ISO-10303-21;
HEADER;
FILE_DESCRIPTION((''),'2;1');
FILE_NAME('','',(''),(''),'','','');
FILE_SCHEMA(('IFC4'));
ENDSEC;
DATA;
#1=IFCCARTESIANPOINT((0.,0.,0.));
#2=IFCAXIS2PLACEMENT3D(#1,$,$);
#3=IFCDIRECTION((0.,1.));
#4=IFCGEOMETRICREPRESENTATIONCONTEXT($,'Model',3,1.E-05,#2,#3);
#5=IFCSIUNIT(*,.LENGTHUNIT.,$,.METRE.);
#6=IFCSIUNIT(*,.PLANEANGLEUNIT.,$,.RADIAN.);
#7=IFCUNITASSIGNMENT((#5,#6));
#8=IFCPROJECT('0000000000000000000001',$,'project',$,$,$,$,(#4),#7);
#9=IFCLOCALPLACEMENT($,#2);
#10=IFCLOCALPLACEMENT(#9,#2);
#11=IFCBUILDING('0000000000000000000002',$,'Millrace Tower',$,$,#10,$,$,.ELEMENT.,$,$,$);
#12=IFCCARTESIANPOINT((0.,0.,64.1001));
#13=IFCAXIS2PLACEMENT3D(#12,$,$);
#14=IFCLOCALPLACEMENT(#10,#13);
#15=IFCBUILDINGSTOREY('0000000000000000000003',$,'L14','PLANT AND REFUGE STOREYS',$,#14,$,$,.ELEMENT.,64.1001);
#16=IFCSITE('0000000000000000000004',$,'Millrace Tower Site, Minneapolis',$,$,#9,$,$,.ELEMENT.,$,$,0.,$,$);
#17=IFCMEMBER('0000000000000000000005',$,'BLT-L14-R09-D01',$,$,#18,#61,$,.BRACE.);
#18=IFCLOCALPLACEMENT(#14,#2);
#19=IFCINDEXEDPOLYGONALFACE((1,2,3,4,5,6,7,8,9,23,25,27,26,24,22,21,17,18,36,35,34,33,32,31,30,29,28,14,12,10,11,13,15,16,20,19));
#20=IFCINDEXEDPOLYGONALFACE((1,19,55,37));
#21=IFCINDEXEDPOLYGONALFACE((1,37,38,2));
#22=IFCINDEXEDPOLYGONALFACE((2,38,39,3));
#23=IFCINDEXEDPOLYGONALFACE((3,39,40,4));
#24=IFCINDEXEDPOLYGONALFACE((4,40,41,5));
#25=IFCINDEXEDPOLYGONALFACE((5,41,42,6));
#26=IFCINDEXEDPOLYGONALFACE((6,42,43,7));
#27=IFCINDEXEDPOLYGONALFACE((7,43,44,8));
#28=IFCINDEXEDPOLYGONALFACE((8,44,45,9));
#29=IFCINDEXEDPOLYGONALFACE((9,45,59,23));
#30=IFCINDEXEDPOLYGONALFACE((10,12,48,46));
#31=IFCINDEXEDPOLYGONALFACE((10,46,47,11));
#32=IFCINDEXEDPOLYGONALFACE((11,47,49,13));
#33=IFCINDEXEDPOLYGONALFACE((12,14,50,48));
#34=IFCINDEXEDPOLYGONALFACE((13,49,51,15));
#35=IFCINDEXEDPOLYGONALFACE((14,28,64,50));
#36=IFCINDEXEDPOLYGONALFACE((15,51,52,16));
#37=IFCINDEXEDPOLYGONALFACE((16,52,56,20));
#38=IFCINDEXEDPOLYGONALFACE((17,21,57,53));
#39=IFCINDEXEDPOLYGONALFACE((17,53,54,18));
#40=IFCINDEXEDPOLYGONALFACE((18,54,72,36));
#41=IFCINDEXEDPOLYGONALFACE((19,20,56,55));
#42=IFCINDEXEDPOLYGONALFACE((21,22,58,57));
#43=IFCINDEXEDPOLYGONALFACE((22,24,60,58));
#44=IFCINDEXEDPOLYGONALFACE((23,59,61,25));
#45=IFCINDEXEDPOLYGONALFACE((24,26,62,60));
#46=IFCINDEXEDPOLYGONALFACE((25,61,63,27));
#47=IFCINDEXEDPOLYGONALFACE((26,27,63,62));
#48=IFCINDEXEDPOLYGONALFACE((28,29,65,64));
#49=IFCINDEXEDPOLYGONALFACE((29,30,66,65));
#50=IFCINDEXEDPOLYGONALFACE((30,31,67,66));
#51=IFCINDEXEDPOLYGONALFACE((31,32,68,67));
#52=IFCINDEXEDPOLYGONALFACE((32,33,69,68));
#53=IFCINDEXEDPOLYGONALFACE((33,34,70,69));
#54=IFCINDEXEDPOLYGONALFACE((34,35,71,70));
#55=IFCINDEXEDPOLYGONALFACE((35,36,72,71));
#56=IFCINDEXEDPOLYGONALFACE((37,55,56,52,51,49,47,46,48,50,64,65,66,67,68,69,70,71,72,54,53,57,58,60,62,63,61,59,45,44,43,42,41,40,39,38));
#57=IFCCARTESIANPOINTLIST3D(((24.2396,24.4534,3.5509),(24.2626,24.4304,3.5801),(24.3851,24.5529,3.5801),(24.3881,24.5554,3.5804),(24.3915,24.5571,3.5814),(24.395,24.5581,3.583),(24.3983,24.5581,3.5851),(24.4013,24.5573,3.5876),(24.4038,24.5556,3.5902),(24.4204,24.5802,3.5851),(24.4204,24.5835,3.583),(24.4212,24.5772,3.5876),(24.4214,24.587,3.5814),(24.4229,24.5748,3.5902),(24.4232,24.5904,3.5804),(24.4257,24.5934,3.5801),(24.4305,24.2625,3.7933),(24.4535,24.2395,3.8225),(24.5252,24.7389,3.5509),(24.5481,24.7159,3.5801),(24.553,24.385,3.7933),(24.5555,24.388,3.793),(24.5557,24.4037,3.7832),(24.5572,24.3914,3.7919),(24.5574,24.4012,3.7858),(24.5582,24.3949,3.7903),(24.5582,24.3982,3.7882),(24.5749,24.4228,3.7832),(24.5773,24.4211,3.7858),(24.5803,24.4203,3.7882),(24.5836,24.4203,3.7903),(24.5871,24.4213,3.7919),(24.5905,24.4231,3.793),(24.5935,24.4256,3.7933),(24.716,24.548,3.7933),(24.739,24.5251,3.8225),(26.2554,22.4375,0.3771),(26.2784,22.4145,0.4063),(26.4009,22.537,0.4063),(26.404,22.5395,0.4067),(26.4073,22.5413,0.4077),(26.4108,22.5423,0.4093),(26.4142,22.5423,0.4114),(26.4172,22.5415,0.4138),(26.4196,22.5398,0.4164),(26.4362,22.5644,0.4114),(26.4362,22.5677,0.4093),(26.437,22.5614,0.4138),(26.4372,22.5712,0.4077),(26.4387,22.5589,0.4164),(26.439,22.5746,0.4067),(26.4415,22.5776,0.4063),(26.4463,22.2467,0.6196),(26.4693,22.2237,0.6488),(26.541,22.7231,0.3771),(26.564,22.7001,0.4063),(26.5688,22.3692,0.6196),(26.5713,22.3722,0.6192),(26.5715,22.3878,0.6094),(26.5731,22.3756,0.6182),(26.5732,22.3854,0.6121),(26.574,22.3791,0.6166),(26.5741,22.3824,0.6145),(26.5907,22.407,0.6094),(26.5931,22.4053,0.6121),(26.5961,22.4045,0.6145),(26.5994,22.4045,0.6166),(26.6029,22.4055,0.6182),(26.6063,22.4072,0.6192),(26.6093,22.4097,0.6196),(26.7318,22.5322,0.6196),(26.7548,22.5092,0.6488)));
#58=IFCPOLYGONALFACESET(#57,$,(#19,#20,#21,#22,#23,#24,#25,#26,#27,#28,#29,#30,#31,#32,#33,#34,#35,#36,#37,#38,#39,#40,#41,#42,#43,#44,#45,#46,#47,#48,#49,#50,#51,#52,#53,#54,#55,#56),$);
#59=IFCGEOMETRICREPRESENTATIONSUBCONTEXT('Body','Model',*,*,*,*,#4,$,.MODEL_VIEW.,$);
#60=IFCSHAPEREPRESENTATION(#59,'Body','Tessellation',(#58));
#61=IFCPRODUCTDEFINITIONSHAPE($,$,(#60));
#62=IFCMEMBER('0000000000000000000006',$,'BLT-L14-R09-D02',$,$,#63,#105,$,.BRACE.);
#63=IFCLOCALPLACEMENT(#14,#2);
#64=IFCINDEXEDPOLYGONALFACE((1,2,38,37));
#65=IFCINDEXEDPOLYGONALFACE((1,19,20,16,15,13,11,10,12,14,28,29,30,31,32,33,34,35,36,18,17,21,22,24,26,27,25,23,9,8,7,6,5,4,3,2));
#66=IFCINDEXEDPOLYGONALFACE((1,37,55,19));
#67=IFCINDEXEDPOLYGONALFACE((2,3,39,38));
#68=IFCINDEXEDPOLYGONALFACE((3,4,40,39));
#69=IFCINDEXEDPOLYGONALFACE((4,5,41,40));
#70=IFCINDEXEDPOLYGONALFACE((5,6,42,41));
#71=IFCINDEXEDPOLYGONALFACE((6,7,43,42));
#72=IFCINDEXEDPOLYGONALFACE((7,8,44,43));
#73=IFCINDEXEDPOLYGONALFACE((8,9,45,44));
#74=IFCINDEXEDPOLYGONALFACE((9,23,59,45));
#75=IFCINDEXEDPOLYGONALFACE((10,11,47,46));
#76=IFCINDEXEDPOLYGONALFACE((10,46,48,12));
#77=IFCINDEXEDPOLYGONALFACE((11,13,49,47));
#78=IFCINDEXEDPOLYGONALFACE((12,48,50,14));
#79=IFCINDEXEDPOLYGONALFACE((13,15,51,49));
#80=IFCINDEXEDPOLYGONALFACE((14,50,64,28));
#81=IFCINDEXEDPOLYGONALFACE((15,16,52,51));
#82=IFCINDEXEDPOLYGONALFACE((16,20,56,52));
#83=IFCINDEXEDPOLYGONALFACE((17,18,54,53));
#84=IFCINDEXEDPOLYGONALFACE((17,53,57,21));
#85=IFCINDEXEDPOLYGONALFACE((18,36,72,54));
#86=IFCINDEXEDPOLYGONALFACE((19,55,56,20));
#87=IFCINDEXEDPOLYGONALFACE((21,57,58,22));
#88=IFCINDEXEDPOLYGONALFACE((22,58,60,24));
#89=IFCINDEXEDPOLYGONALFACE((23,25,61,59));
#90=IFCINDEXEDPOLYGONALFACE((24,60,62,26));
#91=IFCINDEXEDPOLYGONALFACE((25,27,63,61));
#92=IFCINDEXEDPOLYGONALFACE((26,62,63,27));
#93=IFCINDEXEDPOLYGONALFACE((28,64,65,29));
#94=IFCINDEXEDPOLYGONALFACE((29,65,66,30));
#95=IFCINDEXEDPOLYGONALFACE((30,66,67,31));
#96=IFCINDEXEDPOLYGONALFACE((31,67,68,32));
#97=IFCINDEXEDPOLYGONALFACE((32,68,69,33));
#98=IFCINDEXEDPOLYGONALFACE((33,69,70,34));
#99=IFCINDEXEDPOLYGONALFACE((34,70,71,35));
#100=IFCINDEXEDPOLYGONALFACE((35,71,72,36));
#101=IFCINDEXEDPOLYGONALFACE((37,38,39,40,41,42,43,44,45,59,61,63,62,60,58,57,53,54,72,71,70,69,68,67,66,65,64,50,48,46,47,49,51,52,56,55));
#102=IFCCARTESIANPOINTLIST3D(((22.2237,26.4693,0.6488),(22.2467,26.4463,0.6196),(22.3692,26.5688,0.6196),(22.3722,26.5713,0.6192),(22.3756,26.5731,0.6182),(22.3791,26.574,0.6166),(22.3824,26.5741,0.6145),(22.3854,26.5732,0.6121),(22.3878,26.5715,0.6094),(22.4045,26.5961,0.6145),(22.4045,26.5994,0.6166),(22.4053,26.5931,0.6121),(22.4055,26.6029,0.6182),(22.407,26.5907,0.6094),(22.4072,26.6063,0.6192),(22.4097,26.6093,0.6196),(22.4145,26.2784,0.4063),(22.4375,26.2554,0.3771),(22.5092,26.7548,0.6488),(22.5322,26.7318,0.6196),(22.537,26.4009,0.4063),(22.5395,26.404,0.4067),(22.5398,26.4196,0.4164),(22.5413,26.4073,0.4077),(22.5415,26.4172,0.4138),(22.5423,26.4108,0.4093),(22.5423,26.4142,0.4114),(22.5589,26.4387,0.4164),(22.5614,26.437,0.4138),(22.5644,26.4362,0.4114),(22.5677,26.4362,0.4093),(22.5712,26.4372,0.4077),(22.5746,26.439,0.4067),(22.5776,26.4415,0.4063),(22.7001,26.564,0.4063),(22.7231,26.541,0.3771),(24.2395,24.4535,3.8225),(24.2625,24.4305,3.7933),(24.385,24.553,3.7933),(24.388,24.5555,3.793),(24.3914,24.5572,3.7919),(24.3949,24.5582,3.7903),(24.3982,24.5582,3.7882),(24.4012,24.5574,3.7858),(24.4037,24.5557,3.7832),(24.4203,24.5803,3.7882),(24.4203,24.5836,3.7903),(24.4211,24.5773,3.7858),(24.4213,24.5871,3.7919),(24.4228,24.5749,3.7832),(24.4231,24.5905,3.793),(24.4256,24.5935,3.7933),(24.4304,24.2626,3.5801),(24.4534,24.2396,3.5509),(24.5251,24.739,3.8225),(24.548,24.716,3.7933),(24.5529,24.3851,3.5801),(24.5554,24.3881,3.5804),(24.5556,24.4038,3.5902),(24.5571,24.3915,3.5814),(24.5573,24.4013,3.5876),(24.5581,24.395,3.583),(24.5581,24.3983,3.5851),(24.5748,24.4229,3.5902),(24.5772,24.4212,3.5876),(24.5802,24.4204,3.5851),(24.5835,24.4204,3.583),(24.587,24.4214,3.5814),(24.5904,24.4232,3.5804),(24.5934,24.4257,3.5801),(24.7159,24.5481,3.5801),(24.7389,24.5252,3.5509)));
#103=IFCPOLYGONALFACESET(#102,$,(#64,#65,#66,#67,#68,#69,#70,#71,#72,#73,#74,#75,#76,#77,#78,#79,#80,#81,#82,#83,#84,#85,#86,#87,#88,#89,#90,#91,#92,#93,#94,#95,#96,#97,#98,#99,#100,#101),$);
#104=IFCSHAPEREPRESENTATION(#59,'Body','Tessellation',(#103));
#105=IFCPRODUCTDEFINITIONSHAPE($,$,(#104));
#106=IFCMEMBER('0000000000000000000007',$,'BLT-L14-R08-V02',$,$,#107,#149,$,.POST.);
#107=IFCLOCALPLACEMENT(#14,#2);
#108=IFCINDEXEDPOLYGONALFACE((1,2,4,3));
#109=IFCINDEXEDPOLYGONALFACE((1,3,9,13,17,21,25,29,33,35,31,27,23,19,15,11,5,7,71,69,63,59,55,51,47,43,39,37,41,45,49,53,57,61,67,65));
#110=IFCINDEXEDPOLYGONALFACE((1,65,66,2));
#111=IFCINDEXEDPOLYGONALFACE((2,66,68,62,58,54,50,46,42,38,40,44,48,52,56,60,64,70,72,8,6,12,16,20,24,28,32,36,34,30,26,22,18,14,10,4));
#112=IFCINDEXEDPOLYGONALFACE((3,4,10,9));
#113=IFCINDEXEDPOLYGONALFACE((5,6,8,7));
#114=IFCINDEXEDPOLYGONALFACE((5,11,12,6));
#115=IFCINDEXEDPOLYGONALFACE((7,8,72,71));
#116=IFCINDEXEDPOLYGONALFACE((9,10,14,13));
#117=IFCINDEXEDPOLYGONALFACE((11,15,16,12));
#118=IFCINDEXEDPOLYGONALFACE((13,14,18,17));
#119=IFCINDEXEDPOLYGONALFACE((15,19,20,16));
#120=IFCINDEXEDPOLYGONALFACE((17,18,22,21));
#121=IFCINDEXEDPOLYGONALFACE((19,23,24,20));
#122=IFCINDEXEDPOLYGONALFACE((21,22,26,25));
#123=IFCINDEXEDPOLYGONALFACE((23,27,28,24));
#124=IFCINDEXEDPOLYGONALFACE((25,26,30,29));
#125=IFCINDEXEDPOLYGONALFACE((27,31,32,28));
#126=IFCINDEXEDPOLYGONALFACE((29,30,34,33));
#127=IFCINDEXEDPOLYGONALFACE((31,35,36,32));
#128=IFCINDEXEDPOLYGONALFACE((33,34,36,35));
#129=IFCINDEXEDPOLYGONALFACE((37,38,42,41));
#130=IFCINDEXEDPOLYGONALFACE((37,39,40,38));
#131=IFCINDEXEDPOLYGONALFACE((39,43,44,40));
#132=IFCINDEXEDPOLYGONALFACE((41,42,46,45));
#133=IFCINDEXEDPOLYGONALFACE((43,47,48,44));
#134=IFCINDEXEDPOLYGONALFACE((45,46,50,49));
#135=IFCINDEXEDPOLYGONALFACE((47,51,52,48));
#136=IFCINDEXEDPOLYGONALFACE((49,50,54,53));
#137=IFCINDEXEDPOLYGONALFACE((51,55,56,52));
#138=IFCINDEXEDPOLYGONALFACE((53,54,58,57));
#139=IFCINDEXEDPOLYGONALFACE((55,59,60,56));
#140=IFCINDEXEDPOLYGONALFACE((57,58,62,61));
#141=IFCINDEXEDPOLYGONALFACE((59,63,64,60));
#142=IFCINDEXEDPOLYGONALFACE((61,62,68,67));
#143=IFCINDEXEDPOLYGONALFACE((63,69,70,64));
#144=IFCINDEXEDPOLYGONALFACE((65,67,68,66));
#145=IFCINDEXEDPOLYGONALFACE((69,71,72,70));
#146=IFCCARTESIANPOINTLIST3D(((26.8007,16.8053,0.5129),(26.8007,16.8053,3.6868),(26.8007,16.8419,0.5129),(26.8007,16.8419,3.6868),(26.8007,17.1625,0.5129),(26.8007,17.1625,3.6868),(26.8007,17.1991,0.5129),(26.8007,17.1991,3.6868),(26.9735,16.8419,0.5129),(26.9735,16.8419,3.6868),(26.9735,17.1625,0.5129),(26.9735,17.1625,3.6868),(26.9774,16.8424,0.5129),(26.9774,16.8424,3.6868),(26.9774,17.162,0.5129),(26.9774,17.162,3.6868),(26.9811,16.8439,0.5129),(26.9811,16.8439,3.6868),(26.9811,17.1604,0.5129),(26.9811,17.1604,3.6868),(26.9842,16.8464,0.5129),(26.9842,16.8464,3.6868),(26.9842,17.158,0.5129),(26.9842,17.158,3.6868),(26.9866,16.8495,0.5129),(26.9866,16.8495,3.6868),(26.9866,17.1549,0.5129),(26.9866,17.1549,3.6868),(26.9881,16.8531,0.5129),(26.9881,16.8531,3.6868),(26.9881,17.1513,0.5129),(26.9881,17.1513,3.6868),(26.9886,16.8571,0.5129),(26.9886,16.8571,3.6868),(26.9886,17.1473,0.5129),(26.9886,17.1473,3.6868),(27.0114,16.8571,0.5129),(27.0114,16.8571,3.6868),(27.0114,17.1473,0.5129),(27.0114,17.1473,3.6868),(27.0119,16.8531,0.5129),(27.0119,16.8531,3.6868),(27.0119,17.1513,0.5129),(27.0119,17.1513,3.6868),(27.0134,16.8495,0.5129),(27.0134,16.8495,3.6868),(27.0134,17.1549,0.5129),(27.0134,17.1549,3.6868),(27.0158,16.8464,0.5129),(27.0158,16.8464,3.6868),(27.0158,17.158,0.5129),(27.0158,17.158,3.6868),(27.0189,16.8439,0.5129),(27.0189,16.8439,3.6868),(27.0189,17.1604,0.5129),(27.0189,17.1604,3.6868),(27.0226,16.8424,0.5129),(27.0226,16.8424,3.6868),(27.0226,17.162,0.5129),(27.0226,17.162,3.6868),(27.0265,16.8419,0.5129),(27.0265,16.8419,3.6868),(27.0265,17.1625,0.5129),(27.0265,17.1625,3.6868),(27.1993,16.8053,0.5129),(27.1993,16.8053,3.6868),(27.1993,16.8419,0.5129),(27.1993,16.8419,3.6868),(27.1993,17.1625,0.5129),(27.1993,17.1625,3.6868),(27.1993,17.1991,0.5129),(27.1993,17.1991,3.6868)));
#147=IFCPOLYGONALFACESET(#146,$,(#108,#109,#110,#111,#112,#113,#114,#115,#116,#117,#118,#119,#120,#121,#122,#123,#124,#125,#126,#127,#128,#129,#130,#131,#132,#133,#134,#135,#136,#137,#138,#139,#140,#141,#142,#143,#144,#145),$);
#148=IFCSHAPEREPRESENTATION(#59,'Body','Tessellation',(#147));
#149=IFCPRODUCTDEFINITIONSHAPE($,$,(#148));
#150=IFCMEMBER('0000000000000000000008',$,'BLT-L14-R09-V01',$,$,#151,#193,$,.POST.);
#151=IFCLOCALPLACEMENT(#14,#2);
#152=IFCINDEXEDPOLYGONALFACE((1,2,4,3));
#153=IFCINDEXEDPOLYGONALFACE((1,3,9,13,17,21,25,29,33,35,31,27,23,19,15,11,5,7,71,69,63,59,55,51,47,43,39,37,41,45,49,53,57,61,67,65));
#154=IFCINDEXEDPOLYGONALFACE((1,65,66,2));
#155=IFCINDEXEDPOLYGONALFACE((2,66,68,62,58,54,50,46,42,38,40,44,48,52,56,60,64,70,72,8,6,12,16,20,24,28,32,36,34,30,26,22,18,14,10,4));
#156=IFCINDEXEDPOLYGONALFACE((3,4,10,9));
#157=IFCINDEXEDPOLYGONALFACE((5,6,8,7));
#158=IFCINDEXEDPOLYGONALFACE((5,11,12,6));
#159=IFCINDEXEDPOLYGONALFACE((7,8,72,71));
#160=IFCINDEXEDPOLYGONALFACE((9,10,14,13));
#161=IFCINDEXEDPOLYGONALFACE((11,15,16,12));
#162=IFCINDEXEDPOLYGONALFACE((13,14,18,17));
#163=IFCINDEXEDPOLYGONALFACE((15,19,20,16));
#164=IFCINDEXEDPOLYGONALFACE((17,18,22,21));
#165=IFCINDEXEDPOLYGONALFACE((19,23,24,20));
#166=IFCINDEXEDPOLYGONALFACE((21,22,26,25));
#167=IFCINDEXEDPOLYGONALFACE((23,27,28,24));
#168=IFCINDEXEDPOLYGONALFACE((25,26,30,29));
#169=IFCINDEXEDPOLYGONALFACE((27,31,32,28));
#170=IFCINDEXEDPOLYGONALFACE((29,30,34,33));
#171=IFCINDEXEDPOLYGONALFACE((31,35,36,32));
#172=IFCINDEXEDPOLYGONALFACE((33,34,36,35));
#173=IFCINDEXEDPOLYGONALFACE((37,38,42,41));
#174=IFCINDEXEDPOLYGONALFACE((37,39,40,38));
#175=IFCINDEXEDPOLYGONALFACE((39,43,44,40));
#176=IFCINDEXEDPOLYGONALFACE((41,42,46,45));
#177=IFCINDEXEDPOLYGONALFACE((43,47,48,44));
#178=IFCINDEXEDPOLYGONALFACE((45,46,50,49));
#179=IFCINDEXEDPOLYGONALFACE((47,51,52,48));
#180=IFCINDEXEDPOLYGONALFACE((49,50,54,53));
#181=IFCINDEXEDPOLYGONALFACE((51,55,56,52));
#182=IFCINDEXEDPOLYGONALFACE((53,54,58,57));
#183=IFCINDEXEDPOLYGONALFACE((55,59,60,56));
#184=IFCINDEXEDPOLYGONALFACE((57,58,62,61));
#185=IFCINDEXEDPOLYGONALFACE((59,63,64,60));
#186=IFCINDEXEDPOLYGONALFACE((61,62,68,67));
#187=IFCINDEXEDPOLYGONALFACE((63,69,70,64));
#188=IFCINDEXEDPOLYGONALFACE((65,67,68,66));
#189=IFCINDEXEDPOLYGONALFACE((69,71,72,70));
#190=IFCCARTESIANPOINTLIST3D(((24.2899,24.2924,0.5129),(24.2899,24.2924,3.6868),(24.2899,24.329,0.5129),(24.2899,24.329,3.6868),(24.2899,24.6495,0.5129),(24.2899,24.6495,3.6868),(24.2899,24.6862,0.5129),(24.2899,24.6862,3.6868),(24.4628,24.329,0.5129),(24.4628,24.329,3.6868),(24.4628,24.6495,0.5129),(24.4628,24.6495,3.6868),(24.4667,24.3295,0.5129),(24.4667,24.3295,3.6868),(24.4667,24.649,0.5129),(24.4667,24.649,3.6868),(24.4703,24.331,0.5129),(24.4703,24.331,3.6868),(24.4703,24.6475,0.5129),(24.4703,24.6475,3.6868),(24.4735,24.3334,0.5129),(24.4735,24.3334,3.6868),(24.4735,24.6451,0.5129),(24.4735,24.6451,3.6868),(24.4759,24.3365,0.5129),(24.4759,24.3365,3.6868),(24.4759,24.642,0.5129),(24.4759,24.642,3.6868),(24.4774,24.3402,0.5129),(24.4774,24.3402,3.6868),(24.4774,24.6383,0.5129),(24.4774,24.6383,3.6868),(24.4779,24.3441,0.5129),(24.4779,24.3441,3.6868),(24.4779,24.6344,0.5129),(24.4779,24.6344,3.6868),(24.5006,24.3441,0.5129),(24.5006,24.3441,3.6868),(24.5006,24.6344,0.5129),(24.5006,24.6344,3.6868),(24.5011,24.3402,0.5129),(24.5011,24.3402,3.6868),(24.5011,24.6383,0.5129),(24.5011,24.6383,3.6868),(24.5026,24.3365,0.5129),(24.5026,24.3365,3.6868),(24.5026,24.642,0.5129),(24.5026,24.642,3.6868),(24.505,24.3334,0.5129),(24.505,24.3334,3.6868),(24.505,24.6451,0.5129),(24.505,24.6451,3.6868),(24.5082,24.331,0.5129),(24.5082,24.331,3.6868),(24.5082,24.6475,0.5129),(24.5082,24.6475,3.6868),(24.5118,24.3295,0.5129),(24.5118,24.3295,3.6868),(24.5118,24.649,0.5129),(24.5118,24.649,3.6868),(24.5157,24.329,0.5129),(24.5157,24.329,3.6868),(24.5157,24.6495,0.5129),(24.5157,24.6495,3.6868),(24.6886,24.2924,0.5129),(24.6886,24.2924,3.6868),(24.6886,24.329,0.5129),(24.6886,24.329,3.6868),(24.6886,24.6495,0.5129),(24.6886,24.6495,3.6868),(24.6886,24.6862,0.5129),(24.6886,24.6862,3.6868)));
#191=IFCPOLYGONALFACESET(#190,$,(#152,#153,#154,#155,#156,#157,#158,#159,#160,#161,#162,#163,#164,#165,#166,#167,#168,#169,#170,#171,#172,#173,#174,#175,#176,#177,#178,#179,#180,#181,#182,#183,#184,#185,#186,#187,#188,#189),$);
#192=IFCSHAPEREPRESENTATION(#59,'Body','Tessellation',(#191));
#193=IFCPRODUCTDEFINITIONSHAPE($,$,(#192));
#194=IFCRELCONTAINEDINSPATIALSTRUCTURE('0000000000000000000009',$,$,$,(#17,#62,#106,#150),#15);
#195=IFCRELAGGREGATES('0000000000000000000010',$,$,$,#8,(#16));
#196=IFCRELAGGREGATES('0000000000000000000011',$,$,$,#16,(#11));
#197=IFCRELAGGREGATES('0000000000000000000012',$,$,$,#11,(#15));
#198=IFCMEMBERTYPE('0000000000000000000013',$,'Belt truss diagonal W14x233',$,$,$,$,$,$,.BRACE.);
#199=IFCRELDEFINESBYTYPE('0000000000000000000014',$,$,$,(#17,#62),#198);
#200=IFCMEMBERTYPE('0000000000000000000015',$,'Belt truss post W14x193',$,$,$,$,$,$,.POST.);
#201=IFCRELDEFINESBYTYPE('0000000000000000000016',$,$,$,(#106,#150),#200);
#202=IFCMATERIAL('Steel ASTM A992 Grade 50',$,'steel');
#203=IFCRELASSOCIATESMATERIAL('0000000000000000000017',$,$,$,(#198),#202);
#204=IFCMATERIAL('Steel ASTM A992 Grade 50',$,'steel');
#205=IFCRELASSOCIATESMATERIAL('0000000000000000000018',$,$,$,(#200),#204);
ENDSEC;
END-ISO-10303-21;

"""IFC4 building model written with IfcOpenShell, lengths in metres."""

from ifc_helpers import new_model, si_unit, direction, frame, origin, origin_2d, place, context, subcontext, project, spatial, i_section, extrude, material, material_profile, profile_set, type_object, element, save


model = new_model("IFC4")

# Units and contexts
model_context = context("Model", 3, precision=1e-05, world=origin(), true_north=direction((0.0, 1.0)))
body_context = subcontext(model_context, "Body", "Model", "MODEL_VIEW")
ifc_project = project(units=[si_unit("LENGTHUNIT", "METRE"), si_unit("PLANEANGLEUNIT", "RADIAN")], contexts=[model_context])

# Site, building, storey
site_placement = place(None, origin())
site = spatial("IfcSite", under=ifc_project, at=site_placement, Name="Millrace Tower Site, Minneapolis", CompositionType="ELEMENT", RefElevation=0.0)
building_placement = place(site_placement, origin())
building = spatial("IfcBuilding", under=site, at=building_placement, Name="Millrace Tower", CompositionType="ELEMENT")
storey_placement = place(building_placement, frame((0.0, 0.0, 64.1001)))
storey = spatial("IfcBuildingStorey", under=building, at=storey_placement, Name="L14", Description="PLANT AND REFUGE STOREYS", CompositionType="ELEMENT", Elevation=64.1001)

# Members
ifc_material_1 = material(Name="Steel ASTM A992 Grade 50", Category="steel")
ifc_material_profile_1 = material_profile(ifc_material_1, i_section(OverallWidth=0.4038, OverallDepth=0.4065, WebThickness=0.0271, FlangeThickness=0.0437, FilletRadius=0.0151, at=origin_2d()))
ifc_profile_set_1 = profile_set([ifc_material_profile_1], Name="Steel ASTM A992 Grade 50")
member_type_1 = type_object("IfcMemberType", Name="Belt truss diagonal W14x233", PredefinedType="BRACE", material=ifc_profile_set_1)
for number, where, z_axis, x_axis, name in (
    (1, (26.5051, 22.4734, 0.5129), (-0.472519, 0.472519, 0.743944), (-0.707107, -0.707107, 0.0), "BLT-L14-R09-D01"),
    (2, (22.4734, 26.5051, 0.5129), (0.472519, -0.472519, 0.743944), (0.707107, 0.707107, 0.0), "BLT-L14-R09-D02"),
):
    element("IfcMember", number, at=place(storey_placement, frame(where, z_axis=z_axis, x_axis=x_axis)), inside=storey, type_object=member_type_1, Name=name, PredefinedType="BRACE", context=body_context, shape_type="SweptSolid", body=[
        extrude(i_section(OverallWidth=0.4038, OverallDepth=0.4065, WebThickness=0.0271, FlangeThickness=0.0437, FilletRadius=0.0151, at=origin_2d()), origin(), (0.0, 0.0, 1.0), 4.2661),
    ])
ifc_material_2 = material(Name="Steel ASTM A992 Grade 50", Category="steel")
ifc_material_profile_2 = material_profile(ifc_material_2, i_section(OverallWidth=0.3987, OverallDepth=0.3938, WebThickness=0.0227, FlangeThickness=0.0366, FilletRadius=0.0151, at=origin_2d()))
ifc_profile_set_2 = profile_set([ifc_material_profile_2], Name="Steel ASTM A992 Grade 50")
member_type_2 = type_object("IfcMemberType", Name="Belt truss post W14x193", PredefinedType="POST", material=ifc_profile_set_2)
for number, where, z_axis, x_axis, name in (
    (3, (27.0, 17.0022, 0.5129), (0.0, 0.0, 1.0), (1.0, 0.0, 0.0), "BLT-L14-R08-V02"),
    (4, (24.4893, 24.4893, 0.5129), (0.0, 0.0, 1.0), (1.0, 0.0, 0.0), "BLT-L14-R09-V01"),
):
    element("IfcMember", number, at=place(storey_placement, frame(where, z_axis=z_axis, x_axis=x_axis)), inside=storey, type_object=member_type_2, Name=name, PredefinedType="POST", context=body_context, shape_type="SweptSolid", body=[
        extrude(i_section(OverallWidth=0.3987, OverallDepth=0.3938, WebThickness=0.0227, FlangeThickness=0.0366, FilletRadius=0.0151, at=origin_2d()), origin(), (0.0, 0.0, 1.0), 3.1738),
    ])

save(model, "model.ifc")
